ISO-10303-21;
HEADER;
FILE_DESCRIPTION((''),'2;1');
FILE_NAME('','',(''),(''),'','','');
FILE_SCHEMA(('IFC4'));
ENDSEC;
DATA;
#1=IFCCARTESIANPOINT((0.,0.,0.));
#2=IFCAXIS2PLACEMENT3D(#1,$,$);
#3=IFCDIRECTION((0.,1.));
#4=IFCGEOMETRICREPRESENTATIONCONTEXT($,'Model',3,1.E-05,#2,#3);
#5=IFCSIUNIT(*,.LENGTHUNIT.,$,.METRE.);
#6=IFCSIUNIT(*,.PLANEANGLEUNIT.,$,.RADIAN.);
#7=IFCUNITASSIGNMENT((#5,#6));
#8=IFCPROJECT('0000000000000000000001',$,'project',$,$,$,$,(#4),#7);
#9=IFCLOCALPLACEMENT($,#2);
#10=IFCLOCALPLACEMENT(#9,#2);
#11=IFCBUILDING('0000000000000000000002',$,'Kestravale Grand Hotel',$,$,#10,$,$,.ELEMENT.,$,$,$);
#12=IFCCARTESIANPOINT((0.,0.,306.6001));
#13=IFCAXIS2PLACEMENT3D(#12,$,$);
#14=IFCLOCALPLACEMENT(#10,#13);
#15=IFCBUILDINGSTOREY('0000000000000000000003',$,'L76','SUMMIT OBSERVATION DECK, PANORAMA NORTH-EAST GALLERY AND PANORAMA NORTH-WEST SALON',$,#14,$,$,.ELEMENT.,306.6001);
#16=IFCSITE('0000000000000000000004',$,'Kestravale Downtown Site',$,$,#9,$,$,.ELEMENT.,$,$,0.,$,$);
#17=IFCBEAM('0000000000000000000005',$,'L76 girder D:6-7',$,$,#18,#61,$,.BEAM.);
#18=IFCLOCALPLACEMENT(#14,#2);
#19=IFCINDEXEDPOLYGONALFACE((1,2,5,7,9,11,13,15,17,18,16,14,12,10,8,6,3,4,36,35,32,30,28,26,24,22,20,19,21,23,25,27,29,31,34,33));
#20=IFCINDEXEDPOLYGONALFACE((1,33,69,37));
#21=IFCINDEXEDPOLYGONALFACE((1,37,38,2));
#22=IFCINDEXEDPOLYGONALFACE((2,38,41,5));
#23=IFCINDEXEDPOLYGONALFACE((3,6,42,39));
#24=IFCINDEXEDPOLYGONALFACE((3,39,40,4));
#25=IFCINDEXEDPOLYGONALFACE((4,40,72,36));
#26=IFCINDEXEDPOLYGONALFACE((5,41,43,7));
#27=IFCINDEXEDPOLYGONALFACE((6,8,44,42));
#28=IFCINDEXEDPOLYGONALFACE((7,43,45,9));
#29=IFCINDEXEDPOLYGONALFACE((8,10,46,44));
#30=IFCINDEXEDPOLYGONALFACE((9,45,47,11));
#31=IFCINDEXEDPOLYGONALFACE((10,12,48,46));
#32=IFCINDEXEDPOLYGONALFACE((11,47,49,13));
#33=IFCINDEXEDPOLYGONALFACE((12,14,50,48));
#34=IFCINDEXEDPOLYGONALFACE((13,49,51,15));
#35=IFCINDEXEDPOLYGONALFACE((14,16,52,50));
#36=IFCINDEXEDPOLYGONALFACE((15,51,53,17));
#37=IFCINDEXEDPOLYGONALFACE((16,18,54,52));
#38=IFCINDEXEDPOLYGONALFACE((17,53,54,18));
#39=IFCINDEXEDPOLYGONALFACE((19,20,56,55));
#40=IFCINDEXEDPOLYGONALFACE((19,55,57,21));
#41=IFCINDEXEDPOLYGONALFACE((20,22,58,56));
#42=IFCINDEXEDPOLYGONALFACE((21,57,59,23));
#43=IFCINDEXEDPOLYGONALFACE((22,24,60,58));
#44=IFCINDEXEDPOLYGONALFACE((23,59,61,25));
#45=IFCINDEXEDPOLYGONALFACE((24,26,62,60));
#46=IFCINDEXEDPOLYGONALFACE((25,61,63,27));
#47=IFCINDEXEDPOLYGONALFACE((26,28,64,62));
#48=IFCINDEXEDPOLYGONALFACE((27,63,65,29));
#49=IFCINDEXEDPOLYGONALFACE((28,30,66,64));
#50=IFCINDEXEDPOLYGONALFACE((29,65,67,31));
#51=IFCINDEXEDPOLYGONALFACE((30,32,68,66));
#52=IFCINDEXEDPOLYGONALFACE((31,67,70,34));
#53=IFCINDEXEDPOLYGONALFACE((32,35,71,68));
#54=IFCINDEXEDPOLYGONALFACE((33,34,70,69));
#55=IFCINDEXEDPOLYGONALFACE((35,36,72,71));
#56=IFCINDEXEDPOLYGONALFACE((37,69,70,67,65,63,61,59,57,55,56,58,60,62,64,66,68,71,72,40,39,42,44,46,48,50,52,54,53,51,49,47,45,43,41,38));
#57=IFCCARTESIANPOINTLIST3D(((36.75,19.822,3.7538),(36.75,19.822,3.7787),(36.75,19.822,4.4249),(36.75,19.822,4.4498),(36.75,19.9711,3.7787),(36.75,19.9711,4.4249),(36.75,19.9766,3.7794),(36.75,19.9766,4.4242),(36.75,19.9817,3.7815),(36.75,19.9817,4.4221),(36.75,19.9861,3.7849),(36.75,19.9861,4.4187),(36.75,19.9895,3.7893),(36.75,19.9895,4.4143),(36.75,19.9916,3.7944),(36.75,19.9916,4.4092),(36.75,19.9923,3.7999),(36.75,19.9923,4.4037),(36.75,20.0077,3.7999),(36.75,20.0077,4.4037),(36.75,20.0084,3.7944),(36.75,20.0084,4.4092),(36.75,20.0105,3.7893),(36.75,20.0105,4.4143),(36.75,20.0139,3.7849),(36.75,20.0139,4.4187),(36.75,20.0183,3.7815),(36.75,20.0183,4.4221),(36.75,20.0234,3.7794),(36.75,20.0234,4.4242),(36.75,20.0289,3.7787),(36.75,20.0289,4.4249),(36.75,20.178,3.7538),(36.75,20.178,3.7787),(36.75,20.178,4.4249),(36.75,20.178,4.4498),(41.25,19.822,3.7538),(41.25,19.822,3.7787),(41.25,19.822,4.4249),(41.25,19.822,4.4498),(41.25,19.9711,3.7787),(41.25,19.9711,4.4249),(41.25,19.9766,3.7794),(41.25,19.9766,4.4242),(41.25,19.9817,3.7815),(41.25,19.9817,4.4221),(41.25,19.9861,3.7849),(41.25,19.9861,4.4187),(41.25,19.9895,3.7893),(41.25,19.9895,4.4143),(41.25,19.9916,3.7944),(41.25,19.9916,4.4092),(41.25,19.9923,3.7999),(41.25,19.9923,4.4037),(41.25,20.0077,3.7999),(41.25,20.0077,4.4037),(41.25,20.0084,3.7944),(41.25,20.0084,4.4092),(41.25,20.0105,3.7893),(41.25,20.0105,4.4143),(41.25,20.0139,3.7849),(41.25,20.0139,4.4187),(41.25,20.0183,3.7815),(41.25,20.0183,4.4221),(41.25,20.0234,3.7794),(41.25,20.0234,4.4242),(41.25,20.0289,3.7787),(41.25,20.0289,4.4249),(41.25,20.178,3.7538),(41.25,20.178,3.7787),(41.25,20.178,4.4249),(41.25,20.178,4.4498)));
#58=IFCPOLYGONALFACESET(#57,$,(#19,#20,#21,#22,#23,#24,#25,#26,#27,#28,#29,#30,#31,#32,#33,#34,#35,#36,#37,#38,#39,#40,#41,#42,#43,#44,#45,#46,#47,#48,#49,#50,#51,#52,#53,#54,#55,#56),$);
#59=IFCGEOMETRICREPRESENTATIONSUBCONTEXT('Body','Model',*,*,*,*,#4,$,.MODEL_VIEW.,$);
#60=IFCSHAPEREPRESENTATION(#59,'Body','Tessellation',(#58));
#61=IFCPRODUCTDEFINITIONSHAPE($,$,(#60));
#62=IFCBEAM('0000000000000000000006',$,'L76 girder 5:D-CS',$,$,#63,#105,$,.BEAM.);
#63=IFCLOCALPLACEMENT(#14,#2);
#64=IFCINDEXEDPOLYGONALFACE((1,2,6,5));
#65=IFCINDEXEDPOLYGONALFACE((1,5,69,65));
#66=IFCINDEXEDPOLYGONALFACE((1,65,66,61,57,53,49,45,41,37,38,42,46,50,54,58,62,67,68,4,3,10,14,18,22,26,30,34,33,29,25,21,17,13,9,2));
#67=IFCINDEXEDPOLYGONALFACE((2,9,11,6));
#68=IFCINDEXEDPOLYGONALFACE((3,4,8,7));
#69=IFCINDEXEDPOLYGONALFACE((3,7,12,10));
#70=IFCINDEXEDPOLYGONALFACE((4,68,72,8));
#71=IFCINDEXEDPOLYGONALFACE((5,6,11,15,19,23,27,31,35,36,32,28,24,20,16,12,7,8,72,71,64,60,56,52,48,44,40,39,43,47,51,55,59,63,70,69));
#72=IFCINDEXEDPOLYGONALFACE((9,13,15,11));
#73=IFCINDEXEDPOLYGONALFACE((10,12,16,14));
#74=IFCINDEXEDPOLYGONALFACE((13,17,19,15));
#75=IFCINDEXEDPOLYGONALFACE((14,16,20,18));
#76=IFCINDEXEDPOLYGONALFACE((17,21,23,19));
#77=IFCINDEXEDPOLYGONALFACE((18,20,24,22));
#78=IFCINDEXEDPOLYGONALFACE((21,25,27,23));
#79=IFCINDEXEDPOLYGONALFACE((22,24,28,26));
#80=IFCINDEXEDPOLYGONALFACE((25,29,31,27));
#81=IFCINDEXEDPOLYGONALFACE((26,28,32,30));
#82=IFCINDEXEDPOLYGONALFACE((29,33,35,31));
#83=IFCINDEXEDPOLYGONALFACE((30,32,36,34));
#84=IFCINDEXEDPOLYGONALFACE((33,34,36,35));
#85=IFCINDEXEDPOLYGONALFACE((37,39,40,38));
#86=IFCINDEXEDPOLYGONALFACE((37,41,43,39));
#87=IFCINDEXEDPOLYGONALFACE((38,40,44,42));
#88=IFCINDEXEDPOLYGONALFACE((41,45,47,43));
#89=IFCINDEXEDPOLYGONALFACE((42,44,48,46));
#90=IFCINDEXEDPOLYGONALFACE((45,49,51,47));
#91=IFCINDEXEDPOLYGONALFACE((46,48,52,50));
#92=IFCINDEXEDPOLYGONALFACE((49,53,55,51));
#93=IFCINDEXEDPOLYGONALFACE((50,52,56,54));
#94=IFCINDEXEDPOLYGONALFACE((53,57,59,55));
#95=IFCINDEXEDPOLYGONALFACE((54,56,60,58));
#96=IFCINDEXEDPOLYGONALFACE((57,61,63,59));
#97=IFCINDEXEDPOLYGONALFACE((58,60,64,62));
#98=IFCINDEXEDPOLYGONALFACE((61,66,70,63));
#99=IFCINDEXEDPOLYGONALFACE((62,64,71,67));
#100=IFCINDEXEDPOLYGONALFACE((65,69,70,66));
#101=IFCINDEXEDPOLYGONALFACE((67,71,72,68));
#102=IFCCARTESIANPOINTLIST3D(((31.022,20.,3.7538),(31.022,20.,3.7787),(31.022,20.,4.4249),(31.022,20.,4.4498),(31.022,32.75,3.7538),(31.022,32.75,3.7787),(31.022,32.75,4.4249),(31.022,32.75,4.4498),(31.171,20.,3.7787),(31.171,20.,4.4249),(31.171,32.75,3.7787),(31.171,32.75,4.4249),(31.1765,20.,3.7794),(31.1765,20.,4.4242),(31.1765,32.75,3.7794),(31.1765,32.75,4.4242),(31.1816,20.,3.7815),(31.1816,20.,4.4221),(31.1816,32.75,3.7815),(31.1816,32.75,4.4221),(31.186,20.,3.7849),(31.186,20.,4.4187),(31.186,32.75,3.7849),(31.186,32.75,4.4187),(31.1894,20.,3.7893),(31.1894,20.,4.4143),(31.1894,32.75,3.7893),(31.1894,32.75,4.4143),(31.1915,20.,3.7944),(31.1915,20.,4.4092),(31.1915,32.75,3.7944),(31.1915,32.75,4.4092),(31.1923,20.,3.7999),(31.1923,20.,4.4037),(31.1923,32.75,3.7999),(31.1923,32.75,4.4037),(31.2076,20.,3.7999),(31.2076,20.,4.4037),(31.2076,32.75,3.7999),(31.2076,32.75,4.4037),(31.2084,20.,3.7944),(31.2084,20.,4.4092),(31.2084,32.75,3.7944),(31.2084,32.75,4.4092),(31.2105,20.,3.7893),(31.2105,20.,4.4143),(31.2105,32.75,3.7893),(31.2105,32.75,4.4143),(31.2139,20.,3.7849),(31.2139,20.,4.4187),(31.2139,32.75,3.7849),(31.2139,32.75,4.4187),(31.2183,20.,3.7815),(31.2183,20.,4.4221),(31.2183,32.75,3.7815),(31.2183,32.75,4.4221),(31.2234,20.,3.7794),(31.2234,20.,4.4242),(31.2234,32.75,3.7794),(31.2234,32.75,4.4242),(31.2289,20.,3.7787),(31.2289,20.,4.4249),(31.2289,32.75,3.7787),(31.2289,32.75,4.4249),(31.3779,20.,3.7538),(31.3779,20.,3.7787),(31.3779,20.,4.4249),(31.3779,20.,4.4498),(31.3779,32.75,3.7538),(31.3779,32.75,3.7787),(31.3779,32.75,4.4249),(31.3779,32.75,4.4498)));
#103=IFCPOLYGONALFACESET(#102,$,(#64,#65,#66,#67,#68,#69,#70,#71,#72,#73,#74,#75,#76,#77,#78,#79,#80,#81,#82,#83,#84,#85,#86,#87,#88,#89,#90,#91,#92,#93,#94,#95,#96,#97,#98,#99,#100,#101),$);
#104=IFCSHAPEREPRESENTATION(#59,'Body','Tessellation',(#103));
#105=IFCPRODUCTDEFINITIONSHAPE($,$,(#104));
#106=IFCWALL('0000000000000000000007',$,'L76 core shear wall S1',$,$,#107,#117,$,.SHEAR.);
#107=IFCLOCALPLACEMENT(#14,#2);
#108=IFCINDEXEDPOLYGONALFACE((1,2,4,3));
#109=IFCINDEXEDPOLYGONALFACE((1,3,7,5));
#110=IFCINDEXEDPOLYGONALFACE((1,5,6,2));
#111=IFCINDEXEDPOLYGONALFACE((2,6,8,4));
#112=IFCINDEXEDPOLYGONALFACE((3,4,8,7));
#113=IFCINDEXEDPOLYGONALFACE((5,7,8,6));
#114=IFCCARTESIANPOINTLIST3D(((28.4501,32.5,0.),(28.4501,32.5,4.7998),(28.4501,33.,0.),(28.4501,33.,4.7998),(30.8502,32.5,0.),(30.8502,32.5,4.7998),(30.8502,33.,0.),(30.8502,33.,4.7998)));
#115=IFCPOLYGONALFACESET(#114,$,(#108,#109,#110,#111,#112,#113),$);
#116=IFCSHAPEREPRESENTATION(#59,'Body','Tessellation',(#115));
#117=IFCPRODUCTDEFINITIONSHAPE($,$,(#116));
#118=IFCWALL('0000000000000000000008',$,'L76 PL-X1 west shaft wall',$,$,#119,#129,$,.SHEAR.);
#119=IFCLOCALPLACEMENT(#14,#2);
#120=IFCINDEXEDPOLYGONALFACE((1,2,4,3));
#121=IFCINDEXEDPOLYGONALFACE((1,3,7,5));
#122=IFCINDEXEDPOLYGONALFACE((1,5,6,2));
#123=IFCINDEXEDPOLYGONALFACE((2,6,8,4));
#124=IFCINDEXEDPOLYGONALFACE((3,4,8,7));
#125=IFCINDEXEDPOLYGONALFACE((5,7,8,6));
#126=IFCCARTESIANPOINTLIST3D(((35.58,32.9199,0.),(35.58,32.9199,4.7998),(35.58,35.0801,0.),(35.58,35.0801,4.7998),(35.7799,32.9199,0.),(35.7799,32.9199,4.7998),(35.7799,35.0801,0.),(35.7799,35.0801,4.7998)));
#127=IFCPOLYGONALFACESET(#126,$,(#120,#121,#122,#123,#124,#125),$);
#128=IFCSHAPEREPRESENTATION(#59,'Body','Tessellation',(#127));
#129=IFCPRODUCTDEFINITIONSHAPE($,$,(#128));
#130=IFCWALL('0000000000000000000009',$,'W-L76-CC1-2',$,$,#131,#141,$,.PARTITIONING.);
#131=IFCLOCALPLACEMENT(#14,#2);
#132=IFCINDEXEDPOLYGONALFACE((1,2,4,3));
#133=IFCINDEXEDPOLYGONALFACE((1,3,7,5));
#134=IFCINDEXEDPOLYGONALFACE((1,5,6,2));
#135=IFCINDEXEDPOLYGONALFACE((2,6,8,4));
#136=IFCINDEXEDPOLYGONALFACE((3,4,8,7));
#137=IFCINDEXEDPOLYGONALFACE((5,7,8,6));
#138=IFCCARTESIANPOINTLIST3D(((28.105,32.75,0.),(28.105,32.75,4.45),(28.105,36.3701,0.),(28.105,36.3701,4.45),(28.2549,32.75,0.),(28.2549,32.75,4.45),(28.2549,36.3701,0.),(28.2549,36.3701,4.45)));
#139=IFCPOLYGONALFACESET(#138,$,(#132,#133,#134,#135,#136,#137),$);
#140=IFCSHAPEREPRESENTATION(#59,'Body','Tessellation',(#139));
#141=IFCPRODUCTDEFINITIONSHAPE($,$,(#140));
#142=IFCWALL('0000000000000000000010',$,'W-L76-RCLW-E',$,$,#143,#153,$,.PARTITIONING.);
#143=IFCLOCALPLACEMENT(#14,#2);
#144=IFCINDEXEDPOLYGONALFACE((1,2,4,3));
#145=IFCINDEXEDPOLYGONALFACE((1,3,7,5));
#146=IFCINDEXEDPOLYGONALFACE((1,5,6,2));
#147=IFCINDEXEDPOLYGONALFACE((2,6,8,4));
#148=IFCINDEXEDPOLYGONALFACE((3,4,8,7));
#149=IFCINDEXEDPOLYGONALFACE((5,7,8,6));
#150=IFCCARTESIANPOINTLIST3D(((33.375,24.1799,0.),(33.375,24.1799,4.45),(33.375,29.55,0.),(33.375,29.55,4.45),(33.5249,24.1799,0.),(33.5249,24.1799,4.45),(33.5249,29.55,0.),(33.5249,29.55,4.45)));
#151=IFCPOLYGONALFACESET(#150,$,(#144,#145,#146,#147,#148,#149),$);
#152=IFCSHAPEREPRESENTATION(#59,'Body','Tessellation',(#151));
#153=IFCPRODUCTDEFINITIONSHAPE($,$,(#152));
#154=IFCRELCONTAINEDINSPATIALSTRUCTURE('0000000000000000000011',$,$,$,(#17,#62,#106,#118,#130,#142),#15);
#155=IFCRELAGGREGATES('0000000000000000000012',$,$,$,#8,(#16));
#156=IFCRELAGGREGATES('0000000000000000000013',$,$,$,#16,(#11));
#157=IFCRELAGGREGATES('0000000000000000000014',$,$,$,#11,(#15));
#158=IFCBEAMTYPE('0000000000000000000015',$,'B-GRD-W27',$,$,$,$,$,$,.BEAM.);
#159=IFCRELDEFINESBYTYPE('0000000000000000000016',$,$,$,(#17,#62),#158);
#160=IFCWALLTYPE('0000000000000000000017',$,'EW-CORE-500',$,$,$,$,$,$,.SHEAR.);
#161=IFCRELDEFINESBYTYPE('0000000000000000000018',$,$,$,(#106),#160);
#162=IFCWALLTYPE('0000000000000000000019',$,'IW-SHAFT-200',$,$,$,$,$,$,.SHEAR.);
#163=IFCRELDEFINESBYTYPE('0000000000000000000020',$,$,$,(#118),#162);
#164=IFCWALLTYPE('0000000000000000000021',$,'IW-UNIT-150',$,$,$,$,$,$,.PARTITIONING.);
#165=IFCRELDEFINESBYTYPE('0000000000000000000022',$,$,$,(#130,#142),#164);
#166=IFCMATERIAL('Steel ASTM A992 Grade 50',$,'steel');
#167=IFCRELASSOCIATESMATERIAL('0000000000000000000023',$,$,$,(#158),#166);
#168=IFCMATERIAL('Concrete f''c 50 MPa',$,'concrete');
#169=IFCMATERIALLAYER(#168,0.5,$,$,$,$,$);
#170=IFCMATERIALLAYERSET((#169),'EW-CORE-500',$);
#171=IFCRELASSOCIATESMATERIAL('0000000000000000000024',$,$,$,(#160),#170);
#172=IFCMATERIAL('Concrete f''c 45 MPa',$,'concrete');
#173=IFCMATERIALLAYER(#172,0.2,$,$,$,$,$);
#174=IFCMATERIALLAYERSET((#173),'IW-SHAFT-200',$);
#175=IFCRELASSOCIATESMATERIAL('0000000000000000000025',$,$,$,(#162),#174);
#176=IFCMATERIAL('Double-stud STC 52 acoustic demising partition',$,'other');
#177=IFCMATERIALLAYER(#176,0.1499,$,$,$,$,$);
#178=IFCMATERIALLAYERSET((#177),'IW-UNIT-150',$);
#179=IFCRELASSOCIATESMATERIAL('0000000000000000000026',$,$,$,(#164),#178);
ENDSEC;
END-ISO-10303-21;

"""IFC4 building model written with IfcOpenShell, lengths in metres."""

from ifc_helpers import new_model, si_unit, direction, frame, frame_2d, origin, origin_2d, place, context, subcontext, project, spatial, rectangle, i_section, extrude, material, layer, layer_set, material_profile, profile_set, type_object, element, save


model = new_model("IFC4")

# Units and contexts
model_context = context("Model", 3, precision=1e-05, world=origin(), true_north=direction((0.0, 1.0)))
body_context = subcontext(model_context, "Body", "Model", "MODEL_VIEW")
ifc_project = project(units=[si_unit("LENGTHUNIT", "METRE"), si_unit("PLANEANGLEUNIT", "RADIAN")], contexts=[model_context])

# Site, building, storey
site_placement = place(None, origin())
site = spatial("IfcSite", under=ifc_project, at=site_placement, Name="Kestravale Downtown Site", CompositionType="ELEMENT", RefElevation=0.0)
building_placement = place(site_placement, origin())
building = spatial("IfcBuilding", under=site, at=building_placement, Name="Kestravale Grand Hotel", CompositionType="ELEMENT")
storey_placement = place(building_placement, frame((0.0, 0.0, 306.6001)))
storey = spatial("IfcBuildingStorey", under=building, at=storey_placement, Name="L76", Description="SUMMIT OBSERVATION DECK, PANORAMA NORTH-EAST GALLERY AND PANORAMA NORTH-WEST SALON", CompositionType="ELEMENT", Elevation=306.6001)

# Beams
ifc_material_1 = material(Name="Steel ASTM A992 Grade 50", Category="steel")
ifc_material_profile_1 = material_profile(ifc_material_1, i_section(OverallWidth=0.356, OverallDepth=0.696, WebThickness=0.0154, FlangeThickness=0.0249, FilletRadius=0.0212, at=origin_2d()))
ifc_profile_set_1 = profile_set([ifc_material_profile_1], Name="Steel ASTM A992 Grade 50")
beam_type_1 = type_object("IfcBeamType", Name="B-GRD-W27", PredefinedType="BEAM", material=ifc_profile_set_1)
beam_1_placement = place(storey_placement, frame((36.75, 20.0, 4.1018), z_axis=(1.0, 0.0, 0.0), x_axis=(0.0, 1.0, 0.0)))
element("IfcBeam", 1, at=beam_1_placement, inside=storey, type_object=beam_type_1, Name="L76 girder D:6-7", PredefinedType="BEAM", context=body_context, shape_type="SweptSolid", body=[
    extrude(i_section(OverallWidth=0.356, OverallDepth=0.696, WebThickness=0.0154, FlangeThickness=0.0249, FilletRadius=0.0212, at=origin_2d()), origin(), (0.0, 0.0, 1.0), 4.5),
])
beam_2_placement = place(storey_placement, frame((31.2, 20.0, 4.1018), z_axis=(0.0, 1.0, 0.0), x_axis=(-1.0, 0.0, 0.0)))
element("IfcBeam", 2, at=beam_2_placement, inside=storey, type_object=beam_type_1, Name="L76 girder 5:D-CS", PredefinedType="BEAM", context=body_context, shape_type="SweptSolid", body=[
    extrude(i_section(OverallWidth=0.356, OverallDepth=0.696, WebThickness=0.0154, FlangeThickness=0.0249, FilletRadius=0.0212, at=origin_2d()), origin(), (0.0, 0.0, 1.0), 12.75),
])

# Walls
ifc_material_2 = material(Name="Concrete f'c 50 MPa", Category="concrete")
ifc_layer_1 = layer(ifc_material_2, 0.5)
ifc_layer_set_1 = layer_set([ifc_layer_1], Name="EW-CORE-500")
wall_type_1 = type_object("IfcWallType", Name="EW-CORE-500", PredefinedType="SHEAR", material=ifc_layer_set_1)
wall_1_placement = place(storey_placement, frame((28.45, 32.75, 0.0), z_axis=(0.0, 0.0, 1.0), x_axis=(1.0, 0.0, 0.0)))
element("IfcWall", 3, at=wall_1_placement, inside=storey, type_object=wall_type_1, Name="L76 core shear wall S1", PredefinedType="SHEAR", context=body_context, shape_type="SweptSolid", body=[
    extrude(rectangle(XDim=2.4001, YDim=0.5, at=frame_2d((1.2002, 0.0))), origin(), (0.0, 0.0, 1.0), 4.7998),
])
ifc_material_3 = material(Name="Concrete f'c 45 MPa", Category="concrete")
ifc_layer_2 = layer(ifc_material_3, 0.2)
ifc_layer_set_2 = layer_set([ifc_layer_2], Name="IW-SHAFT-200")
wall_type_2 = type_object("IfcWallType", Name="IW-SHAFT-200", PredefinedType="SHEAR", material=ifc_layer_set_2)
wall_2_placement = place(storey_placement, frame((35.6799, 32.9199, 0.0), z_axis=(0.0, 0.0, 1.0), x_axis=(0.0, 1.0, 0.0)))
element("IfcWall", 4, at=wall_2_placement, inside=storey, type_object=wall_type_2, Name="L76 PL-X1 west shaft wall", PredefinedType="SHEAR", context=body_context, shape_type="SweptSolid", body=[
    extrude(rectangle(XDim=2.1602, YDim=0.2, at=frame_2d((1.0801, 0.0))), origin(), (0.0, 0.0, 1.0), 4.7998),
])

# Walls
ifc_material_4 = material(Name="Double-stud STC 52 acoustic demising partition", Category="other")
ifc_layer_3 = layer(ifc_material_4, 0.1499)
ifc_layer_set_3 = layer_set([ifc_layer_3], Name="IW-UNIT-150")
wall_type_3 = type_object("IfcWallType", Name="IW-UNIT-150", PredefinedType="PARTITIONING", material=ifc_layer_set_3)
wall_3_placement = place(storey_placement, frame((28.1799, 32.75, 0.0), z_axis=(0.0, 0.0, 1.0), x_axis=(0.0, 1.0, 0.0)))
element("IfcWall", 5, at=wall_3_placement, inside=storey, type_object=wall_type_3, Name="W-L76-CC1-2", PredefinedType="PARTITIONING", context=body_context, shape_type="SweptSolid", body=[
    extrude(rectangle(XDim=3.6201, YDim=0.1499, at=frame_2d((1.8101, 0.0))), origin(), (0.0, 0.0, 1.0), 4.45),
])
wall_4_placement = place(storey_placement, frame((33.45, 24.1799, 0.0), z_axis=(0.0, 0.0, 1.0), x_axis=(0.0, 1.0, 0.0)))
element("IfcWall", 6, at=wall_4_placement, inside=storey, type_object=wall_type_3, Name="W-L76-RCLW-E", PredefinedType="PARTITIONING", context=body_context, shape_type="SweptSolid", body=[
    extrude(rectangle(XDim=5.3701, YDim=0.1499, at=frame_2d((2.6851, 0.0))), origin(), (0.0, 0.0, 1.0), 4.45),
])

save(model, "model.ifc")
